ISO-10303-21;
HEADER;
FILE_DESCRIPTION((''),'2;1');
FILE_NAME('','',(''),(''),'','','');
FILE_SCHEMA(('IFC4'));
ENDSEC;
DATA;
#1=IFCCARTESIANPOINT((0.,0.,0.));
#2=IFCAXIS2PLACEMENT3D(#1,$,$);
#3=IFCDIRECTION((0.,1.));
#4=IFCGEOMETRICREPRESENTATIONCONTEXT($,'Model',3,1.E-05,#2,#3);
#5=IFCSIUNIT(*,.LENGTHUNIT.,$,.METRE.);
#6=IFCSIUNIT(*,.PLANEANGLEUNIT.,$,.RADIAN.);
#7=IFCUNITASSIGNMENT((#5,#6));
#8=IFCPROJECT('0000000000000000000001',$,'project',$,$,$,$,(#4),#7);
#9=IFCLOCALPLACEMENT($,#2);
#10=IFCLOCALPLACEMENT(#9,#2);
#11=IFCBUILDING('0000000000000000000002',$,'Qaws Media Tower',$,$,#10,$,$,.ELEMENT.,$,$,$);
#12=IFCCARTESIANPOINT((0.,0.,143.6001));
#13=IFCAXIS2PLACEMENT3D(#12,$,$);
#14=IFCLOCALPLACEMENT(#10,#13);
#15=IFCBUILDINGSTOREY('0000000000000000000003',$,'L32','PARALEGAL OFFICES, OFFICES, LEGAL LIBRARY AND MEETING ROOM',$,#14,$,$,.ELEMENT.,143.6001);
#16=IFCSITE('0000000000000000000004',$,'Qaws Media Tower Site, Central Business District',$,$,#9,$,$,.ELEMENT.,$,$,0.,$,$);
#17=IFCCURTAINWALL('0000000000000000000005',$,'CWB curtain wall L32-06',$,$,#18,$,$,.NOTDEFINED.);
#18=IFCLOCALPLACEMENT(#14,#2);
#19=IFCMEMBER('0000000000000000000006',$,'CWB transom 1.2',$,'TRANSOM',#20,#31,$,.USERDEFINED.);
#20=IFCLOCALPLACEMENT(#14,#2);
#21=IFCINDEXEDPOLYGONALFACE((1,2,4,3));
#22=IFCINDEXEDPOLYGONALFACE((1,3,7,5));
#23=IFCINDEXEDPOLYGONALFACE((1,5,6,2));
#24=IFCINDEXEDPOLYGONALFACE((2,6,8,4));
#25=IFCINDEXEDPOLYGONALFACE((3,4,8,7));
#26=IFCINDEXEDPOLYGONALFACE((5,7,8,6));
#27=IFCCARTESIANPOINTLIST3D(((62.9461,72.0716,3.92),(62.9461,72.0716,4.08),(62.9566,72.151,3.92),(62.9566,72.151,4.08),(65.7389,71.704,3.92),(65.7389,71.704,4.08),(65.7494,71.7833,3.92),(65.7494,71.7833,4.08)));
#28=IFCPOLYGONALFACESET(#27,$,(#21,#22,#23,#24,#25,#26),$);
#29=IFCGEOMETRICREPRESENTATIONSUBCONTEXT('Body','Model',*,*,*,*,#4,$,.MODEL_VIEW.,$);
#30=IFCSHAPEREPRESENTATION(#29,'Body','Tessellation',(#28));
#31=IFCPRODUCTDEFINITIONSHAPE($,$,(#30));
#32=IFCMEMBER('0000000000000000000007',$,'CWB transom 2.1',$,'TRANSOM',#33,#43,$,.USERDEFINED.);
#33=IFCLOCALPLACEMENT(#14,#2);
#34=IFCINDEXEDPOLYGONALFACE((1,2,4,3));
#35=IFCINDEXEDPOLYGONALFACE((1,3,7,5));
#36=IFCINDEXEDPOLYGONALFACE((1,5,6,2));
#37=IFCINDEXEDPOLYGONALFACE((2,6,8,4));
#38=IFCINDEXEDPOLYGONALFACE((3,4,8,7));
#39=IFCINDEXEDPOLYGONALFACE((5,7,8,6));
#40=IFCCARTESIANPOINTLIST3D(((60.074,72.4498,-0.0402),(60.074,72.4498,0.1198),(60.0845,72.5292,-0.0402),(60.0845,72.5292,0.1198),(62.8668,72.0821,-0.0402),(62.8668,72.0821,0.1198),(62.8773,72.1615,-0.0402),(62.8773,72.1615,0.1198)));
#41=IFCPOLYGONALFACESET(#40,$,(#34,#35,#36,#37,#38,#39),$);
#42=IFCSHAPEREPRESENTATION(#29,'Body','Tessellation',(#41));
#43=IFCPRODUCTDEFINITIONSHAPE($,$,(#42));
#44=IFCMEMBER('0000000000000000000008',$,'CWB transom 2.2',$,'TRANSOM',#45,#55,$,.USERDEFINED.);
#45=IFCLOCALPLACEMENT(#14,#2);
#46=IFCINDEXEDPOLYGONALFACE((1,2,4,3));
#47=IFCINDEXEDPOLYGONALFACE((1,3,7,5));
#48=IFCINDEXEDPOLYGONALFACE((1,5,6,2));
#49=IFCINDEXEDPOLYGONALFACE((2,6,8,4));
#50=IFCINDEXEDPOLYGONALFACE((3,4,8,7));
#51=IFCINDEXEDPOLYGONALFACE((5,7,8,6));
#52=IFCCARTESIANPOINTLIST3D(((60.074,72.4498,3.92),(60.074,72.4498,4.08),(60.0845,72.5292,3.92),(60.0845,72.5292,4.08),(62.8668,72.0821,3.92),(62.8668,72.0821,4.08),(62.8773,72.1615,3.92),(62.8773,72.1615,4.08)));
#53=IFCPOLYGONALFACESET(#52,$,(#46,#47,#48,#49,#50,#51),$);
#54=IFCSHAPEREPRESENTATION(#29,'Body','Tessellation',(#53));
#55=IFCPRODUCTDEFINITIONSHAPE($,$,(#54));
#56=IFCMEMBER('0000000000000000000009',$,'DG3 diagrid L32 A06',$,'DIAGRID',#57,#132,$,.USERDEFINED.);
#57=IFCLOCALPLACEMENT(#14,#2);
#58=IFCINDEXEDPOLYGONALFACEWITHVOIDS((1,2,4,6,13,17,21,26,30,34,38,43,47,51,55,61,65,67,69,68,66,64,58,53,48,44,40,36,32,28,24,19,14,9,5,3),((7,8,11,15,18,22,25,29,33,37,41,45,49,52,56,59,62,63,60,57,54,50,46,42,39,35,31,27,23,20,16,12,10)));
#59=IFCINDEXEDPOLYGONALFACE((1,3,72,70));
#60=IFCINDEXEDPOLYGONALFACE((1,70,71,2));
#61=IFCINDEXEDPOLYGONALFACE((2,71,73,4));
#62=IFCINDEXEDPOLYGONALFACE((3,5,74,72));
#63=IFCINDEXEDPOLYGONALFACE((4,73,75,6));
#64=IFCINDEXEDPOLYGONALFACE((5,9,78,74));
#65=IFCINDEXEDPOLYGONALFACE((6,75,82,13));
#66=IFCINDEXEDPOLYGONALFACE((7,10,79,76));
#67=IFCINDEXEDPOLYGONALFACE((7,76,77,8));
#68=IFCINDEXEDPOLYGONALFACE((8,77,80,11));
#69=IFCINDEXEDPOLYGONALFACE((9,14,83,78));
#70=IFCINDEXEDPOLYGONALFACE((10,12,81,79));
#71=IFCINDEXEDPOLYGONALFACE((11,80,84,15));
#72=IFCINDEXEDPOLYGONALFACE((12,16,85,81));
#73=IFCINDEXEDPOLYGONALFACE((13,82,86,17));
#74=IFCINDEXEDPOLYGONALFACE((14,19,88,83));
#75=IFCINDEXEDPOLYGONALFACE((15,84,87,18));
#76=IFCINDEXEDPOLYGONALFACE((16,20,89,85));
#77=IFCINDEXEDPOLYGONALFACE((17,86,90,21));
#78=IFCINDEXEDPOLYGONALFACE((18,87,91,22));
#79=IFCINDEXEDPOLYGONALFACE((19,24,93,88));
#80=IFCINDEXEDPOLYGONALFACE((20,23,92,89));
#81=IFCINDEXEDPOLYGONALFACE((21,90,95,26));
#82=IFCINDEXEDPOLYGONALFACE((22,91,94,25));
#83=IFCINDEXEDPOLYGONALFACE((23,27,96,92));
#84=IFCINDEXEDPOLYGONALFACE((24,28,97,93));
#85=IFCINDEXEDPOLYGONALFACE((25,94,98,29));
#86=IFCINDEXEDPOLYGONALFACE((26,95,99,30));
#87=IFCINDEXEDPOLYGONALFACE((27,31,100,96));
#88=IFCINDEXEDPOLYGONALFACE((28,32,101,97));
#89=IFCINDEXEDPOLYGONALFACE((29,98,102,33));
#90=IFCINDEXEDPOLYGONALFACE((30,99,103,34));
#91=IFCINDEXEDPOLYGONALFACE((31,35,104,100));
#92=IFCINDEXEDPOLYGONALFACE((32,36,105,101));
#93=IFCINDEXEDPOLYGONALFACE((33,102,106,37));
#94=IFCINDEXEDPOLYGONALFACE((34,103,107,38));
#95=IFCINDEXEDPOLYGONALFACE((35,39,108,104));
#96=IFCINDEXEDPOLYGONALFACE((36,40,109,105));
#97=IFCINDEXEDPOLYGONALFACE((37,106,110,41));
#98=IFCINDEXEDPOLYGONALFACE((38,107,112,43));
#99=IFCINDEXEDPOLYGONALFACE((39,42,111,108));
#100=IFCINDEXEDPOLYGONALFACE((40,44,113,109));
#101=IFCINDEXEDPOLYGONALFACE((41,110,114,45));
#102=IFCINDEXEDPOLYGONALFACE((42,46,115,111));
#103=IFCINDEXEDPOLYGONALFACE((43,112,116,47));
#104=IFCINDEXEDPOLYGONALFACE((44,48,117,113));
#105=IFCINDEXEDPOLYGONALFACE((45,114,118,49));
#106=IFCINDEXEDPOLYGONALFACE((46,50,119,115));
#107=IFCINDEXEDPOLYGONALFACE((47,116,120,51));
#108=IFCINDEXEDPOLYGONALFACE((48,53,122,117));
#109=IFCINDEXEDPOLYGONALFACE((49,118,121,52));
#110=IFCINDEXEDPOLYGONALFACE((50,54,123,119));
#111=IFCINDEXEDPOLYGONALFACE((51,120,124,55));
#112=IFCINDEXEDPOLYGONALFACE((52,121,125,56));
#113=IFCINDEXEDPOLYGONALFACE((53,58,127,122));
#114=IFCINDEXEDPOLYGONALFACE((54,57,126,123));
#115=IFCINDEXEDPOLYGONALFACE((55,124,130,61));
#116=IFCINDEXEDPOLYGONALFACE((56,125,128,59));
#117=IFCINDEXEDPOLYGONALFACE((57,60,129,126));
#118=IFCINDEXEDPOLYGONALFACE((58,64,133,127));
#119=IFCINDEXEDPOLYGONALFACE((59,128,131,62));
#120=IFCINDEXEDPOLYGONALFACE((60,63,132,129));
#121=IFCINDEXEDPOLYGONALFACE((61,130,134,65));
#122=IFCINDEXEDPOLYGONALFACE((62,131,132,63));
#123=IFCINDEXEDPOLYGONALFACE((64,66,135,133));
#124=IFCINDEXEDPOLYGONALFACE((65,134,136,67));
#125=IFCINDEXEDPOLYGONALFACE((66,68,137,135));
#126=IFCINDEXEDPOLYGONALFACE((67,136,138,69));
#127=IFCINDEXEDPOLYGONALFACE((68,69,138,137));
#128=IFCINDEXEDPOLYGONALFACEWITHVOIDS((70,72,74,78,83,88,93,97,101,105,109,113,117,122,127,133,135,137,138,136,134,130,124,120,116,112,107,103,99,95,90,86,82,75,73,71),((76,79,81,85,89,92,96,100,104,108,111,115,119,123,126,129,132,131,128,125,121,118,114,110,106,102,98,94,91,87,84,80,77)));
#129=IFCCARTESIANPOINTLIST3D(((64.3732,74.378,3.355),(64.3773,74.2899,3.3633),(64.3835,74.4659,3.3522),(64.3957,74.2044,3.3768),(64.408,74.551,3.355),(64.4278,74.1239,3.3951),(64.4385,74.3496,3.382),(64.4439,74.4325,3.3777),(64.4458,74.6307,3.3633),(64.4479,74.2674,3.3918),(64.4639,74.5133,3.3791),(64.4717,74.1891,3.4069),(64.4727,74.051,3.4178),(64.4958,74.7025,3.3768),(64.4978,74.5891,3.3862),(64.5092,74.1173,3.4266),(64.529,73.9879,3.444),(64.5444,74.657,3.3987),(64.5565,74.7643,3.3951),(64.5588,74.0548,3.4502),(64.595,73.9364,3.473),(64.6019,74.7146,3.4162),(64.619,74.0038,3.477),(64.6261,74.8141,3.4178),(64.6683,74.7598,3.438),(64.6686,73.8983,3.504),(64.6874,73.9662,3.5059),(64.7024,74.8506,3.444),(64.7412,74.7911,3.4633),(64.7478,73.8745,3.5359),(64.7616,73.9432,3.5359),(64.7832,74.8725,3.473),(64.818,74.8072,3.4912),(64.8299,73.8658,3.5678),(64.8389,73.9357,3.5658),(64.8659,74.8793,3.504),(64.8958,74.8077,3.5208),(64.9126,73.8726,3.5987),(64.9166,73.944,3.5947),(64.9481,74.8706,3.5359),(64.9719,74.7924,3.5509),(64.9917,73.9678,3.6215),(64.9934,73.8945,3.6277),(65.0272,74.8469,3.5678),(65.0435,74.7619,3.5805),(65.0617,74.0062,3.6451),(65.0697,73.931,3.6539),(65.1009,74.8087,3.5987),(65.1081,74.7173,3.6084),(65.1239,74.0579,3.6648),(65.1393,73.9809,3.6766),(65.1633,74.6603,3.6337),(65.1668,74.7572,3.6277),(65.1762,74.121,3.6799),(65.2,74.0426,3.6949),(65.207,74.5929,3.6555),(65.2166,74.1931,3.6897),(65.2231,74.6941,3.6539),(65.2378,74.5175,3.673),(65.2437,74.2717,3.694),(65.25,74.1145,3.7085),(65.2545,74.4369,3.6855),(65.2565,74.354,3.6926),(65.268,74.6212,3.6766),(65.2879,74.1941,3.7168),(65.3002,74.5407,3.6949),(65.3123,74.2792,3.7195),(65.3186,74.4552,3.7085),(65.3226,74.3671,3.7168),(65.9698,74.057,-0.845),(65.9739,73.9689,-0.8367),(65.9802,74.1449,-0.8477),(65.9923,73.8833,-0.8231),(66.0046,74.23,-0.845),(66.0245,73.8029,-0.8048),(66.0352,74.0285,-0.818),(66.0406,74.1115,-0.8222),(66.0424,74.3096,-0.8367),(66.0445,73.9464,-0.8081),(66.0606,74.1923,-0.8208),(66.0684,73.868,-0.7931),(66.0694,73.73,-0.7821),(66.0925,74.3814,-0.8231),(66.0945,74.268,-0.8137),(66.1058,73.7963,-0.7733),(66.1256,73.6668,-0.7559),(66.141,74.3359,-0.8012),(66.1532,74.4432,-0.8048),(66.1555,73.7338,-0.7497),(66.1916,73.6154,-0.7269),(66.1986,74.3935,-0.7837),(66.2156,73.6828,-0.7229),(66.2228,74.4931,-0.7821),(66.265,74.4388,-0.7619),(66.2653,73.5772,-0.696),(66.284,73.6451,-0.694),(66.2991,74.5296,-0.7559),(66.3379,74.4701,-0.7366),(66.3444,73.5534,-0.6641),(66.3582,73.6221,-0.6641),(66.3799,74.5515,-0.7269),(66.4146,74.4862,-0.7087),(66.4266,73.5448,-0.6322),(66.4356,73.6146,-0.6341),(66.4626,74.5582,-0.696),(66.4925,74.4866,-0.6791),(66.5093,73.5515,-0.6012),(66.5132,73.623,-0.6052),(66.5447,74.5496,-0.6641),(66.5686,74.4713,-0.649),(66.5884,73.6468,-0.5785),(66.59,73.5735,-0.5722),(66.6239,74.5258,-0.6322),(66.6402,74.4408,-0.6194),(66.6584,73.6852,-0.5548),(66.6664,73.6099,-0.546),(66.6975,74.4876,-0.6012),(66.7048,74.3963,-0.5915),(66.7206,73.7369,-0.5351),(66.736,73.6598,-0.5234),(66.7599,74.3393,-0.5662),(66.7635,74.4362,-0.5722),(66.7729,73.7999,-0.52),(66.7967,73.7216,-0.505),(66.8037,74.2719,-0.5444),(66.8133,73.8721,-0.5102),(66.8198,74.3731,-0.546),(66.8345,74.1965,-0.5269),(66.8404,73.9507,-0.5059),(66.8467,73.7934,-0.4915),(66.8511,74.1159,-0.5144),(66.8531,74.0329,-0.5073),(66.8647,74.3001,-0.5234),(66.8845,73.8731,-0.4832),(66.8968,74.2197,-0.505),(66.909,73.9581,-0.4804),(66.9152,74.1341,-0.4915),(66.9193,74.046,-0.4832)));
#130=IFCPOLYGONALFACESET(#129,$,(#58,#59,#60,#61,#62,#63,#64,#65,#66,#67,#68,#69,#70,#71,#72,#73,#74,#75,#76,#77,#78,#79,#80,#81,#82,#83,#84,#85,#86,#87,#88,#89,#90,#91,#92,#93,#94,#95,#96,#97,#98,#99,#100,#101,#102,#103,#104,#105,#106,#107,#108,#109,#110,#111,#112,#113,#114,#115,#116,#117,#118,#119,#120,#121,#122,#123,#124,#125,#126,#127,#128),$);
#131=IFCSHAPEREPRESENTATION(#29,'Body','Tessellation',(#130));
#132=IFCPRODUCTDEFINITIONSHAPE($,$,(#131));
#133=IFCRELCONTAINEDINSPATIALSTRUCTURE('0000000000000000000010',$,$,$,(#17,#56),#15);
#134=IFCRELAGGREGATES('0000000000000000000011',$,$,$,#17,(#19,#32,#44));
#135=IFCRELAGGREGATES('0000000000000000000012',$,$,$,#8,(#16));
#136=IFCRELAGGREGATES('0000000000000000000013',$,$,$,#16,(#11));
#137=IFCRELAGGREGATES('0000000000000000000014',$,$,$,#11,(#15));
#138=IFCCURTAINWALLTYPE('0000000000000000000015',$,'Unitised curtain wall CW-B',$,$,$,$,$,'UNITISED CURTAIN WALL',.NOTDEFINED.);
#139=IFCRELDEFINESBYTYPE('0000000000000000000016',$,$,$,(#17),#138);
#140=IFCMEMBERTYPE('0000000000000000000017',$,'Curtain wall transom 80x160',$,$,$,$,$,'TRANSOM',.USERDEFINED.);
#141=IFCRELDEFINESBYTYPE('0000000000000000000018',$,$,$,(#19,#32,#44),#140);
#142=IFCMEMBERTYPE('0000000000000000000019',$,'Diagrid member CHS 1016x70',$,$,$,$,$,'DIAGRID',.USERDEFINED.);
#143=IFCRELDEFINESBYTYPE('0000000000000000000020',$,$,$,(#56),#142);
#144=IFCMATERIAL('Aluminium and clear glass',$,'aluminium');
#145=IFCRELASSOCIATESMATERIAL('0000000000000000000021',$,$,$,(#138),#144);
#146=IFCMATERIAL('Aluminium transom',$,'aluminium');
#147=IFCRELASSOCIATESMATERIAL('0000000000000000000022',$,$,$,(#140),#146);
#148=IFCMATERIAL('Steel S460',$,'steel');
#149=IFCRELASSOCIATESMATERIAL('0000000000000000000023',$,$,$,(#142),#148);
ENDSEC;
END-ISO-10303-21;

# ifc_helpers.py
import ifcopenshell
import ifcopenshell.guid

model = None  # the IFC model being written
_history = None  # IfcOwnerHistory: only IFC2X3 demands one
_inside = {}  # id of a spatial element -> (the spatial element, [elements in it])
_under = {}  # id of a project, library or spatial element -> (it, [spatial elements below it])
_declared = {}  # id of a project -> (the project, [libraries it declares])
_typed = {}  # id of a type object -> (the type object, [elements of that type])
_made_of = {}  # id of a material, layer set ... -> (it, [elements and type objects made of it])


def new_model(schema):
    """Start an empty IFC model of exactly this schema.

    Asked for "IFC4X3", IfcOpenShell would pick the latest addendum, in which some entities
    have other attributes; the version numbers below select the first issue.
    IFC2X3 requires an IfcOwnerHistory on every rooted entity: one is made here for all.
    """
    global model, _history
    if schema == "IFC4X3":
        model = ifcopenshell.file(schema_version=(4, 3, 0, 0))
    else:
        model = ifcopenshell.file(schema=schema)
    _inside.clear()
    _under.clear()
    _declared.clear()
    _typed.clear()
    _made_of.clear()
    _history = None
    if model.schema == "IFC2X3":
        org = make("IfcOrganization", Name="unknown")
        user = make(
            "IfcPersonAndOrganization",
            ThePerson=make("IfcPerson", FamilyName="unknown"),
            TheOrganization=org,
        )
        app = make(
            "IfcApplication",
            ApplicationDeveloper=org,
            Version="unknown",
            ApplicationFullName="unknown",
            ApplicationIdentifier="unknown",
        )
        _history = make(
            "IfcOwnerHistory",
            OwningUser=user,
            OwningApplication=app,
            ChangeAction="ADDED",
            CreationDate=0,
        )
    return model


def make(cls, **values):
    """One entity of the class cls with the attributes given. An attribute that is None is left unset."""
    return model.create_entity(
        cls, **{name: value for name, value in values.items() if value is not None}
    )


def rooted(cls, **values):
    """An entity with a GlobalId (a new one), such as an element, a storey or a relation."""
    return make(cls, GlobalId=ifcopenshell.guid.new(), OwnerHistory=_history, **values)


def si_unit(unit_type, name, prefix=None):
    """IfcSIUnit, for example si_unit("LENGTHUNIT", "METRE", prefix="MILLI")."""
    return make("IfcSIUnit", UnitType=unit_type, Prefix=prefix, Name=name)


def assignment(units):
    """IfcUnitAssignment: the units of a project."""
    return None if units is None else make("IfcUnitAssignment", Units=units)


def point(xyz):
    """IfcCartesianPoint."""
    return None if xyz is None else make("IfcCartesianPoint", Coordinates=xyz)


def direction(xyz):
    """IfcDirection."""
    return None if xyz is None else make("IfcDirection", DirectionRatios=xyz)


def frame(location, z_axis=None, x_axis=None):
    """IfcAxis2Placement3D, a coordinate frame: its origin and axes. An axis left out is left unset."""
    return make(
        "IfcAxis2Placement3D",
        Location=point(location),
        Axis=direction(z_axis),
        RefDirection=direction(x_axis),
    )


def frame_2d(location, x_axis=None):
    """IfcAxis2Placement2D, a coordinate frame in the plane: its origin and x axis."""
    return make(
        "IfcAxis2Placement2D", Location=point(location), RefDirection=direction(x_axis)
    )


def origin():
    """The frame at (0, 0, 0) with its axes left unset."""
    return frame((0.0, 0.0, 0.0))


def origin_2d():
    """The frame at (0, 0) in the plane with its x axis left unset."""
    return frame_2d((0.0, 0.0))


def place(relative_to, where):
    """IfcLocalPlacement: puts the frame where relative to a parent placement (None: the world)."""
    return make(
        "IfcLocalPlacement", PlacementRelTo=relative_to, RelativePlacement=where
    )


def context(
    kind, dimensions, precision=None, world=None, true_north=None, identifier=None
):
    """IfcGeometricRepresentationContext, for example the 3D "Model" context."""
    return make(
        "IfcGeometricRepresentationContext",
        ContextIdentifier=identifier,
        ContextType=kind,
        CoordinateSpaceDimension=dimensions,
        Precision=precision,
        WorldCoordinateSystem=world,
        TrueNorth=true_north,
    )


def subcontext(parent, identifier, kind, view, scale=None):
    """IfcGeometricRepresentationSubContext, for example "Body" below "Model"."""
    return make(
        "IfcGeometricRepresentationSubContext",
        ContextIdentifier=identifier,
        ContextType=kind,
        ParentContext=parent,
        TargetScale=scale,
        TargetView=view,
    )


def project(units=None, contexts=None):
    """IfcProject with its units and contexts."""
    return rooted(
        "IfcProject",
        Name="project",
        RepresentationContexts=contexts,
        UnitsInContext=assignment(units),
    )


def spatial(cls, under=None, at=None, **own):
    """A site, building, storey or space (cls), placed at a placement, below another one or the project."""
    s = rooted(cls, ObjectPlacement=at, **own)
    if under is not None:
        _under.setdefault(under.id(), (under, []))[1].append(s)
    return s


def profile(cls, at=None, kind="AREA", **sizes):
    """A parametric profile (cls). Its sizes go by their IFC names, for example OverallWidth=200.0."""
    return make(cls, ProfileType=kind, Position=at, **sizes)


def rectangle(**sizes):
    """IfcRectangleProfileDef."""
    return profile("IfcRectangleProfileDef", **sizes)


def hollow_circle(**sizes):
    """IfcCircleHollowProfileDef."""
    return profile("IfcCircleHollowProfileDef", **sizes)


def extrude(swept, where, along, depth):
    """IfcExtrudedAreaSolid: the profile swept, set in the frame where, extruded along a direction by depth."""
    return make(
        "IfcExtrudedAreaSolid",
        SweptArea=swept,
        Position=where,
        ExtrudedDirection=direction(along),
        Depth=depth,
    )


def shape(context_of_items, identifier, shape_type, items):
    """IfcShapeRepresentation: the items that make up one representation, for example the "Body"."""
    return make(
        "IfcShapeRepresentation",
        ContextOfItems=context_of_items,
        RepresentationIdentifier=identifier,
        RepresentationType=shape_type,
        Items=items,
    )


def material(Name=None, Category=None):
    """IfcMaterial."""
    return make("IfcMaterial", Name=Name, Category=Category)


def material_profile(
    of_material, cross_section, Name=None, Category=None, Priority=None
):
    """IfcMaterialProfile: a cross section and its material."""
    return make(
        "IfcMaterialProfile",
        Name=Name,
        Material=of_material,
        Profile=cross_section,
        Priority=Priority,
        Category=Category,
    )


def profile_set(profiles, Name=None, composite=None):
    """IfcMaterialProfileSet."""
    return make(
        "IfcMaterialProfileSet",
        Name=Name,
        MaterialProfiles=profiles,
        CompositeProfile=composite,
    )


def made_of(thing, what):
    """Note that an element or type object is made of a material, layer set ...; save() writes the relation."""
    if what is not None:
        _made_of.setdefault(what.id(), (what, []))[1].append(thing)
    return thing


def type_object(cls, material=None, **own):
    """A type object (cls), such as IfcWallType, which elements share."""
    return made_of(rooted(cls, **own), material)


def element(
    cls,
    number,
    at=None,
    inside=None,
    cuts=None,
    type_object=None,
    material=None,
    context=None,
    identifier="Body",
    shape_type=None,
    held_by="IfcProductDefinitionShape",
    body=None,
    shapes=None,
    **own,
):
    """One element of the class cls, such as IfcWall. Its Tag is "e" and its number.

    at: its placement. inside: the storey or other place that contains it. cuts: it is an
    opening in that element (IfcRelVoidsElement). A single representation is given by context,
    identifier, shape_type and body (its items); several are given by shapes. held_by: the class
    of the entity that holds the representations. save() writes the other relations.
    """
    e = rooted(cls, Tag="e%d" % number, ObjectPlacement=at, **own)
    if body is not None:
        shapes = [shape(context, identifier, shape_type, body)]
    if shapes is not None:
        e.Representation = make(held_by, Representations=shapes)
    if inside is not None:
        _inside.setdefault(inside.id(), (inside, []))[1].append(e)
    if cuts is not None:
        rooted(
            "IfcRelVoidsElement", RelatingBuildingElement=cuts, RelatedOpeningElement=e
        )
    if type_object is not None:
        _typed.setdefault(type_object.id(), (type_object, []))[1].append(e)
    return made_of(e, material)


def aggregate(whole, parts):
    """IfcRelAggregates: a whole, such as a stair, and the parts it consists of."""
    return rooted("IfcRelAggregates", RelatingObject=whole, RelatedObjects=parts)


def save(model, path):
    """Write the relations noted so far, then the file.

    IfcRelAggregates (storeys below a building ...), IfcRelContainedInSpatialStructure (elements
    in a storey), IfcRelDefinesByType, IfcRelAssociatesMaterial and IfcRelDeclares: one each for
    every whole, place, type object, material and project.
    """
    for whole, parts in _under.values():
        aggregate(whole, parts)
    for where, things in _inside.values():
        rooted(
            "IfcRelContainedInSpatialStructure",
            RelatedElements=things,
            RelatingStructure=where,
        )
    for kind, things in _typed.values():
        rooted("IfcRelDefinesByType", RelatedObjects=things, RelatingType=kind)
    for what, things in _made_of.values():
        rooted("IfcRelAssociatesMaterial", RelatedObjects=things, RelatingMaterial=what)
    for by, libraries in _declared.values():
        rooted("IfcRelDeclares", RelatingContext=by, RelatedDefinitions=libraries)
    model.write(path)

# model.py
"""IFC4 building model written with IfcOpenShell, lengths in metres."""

from ifc_helpers import new_model, si_unit, direction, frame, origin, origin_2d, place, context, subcontext, project, spatial, rectangle, hollow_circle, extrude, material, material_profile, profile_set, type_object, element, aggregate, save


model = new_model("IFC4")

# Units and contexts
model_context = context("Model", 3, precision=1e-05, world=origin(), true_north=direction((0.0, 1.0)))
body_context = subcontext(model_context, "Body", "Model", "MODEL_VIEW")
ifc_project = project(units=[si_unit("LENGTHUNIT", "METRE"), si_unit("PLANEANGLEUNIT", "RADIAN")], contexts=[model_context])

# Site, building, storey
site_placement = place(None, origin())
site = spatial("IfcSite", under=ifc_project, at=site_placement, Name="Qaws Media Tower Site, Central Business District", CompositionType="ELEMENT", RefElevation=0.0)
building_placement = place(site_placement, origin())
building = spatial("IfcBuilding", under=site, at=building_placement, Name="Qaws Media Tower", CompositionType="ELEMENT")
storey_placement = place(building_placement, frame((0.0, 0.0, 143.6001)))
storey = spatial("IfcBuildingStorey", under=building, at=storey_placement, Name="L32", Description="PARALEGAL OFFICES, OFFICES, LEGAL LIBRARY AND MEETING ROOM", CompositionType="ELEMENT", Elevation=143.6001)

# Curtain wall
ifc_material_1 = material(Name="Aluminium and clear glass", Category="aluminium")
curtain_wall_type = type_object("IfcCurtainWallType", Name="Unitised curtain wall CW-B", ElementType="UNITISED CURTAIN WALL", PredefinedType="NOTDEFINED", material=ifc_material_1)
curtain_wall_1_placement = place(storey_placement, origin())
curtain_wall_1 = element("IfcCurtainWall", 1, at=curtain_wall_1_placement, inside=storey, type_object=curtain_wall_type, Name="CWB curtain wall L32-06", PredefinedType="NOTDEFINED")

# Members
ifc_material_2 = material(Name="Aluminium transom", Category="aluminium")
ifc_material_profile_1 = material_profile(ifc_material_2, rectangle(XDim=0.0801, YDim=0.1599, at=origin_2d()), Name="80x160")
ifc_profile_set_1 = profile_set([ifc_material_profile_1], Name="Aluminium transom")
member_type_1 = type_object("IfcMemberType", Name="Curtain wall transom 80x160", ElementType="TRANSOM", PredefinedType="USERDEFINED", material=ifc_profile_set_1)
member_1_placement = place(storey_placement, frame((65.7441, 71.7437, 4.0), z_axis=(-0.991445, 0.130528, 0.0), x_axis=(-0.130528, -0.991445, 0.0)))
member_1 = element("IfcMember", 2, at=member_1_placement, type_object=member_type_1, Name="CWB transom 1.2", ObjectType="TRANSOM", PredefinedType="USERDEFINED", context=body_context, shape_type="SweptSolid", body=[
    extrude(rectangle(XDim=0.0801, YDim=0.1599, at=origin_2d()), origin(), (0.0, 0.0, 1.0), 2.8169),
])
member_2_placement = place(storey_placement, frame((62.8721, 72.1218, 0.0398), z_axis=(-0.991445, 0.130528, 0.0), x_axis=(-0.130528, -0.991445, 0.0)))
member_2 = element("IfcMember", 3, at=member_2_placement, type_object=member_type_1, Name="CWB transom 2.1", ObjectType="TRANSOM", PredefinedType="USERDEFINED", context=body_context, shape_type="SweptSolid", body=[
    extrude(rectangle(XDim=0.0801, YDim=0.1599, at=origin_2d()), origin(), (0.0, 0.0, 1.0), 2.8169),
])
member_3_placement = place(storey_placement, frame((62.8721, 72.1218, 4.0), z_axis=(-0.991445, 0.130528, 0.0), x_axis=(-0.130528, -0.991445, 0.0)))
member_3 = element("IfcMember", 4, at=member_3_placement, type_object=member_type_1, Name="CWB transom 2.2", ObjectType="TRANSOM", PredefinedType="USERDEFINED", context=body_context, shape_type="SweptSolid", body=[
    extrude(rectangle(XDim=0.0801, YDim=0.1599, at=origin_2d()), origin(), (0.0, 0.0, 1.0), 2.8169),
])

# Member
ifc_material_3 = material(Name="Steel S460", Category="steel")
ifc_material_profile_2 = material_profile(ifc_material_3, hollow_circle(Radius=0.5081, WallThickness=0.0701, at=origin_2d()), Name="CHS 1016x70")
ifc_profile_set_2 = profile_set([ifc_material_profile_2], Name="Steel S460")
member_type_2 = type_object("IfcMemberType", Name="Diagrid member CHS 1016x70", ElementType="DIAGRID", PredefinedType="USERDEFINED", material=ifc_profile_set_2)
for number, where, z_axis, x_axis, name in (
    (5, (66.4446, 74.0515, -0.6641), (-0.35445, 0.071269, 0.932355), (-0.197125, -0.980378, 0.0), "DG3 diagrid L32 A06"),
):
    element("IfcMember", number, at=place(storey_placement, frame(where, z_axis=z_axis, x_axis=x_axis)), inside=storey, type_object=member_type_2, Name=name, ObjectType="DIAGRID", PredefinedType="USERDEFINED", context=body_context, shape_type="SweptSolid", body=[
        extrude(hollow_circle(Radius=0.5081, WallThickness=0.0701, at=origin_2d()), origin(), (0.0, 0.0, 1.0), 4.5046),
    ])

aggregate(curtain_wall_1, [member_1, member_2, member_3])

save(model, "model.ifc")
